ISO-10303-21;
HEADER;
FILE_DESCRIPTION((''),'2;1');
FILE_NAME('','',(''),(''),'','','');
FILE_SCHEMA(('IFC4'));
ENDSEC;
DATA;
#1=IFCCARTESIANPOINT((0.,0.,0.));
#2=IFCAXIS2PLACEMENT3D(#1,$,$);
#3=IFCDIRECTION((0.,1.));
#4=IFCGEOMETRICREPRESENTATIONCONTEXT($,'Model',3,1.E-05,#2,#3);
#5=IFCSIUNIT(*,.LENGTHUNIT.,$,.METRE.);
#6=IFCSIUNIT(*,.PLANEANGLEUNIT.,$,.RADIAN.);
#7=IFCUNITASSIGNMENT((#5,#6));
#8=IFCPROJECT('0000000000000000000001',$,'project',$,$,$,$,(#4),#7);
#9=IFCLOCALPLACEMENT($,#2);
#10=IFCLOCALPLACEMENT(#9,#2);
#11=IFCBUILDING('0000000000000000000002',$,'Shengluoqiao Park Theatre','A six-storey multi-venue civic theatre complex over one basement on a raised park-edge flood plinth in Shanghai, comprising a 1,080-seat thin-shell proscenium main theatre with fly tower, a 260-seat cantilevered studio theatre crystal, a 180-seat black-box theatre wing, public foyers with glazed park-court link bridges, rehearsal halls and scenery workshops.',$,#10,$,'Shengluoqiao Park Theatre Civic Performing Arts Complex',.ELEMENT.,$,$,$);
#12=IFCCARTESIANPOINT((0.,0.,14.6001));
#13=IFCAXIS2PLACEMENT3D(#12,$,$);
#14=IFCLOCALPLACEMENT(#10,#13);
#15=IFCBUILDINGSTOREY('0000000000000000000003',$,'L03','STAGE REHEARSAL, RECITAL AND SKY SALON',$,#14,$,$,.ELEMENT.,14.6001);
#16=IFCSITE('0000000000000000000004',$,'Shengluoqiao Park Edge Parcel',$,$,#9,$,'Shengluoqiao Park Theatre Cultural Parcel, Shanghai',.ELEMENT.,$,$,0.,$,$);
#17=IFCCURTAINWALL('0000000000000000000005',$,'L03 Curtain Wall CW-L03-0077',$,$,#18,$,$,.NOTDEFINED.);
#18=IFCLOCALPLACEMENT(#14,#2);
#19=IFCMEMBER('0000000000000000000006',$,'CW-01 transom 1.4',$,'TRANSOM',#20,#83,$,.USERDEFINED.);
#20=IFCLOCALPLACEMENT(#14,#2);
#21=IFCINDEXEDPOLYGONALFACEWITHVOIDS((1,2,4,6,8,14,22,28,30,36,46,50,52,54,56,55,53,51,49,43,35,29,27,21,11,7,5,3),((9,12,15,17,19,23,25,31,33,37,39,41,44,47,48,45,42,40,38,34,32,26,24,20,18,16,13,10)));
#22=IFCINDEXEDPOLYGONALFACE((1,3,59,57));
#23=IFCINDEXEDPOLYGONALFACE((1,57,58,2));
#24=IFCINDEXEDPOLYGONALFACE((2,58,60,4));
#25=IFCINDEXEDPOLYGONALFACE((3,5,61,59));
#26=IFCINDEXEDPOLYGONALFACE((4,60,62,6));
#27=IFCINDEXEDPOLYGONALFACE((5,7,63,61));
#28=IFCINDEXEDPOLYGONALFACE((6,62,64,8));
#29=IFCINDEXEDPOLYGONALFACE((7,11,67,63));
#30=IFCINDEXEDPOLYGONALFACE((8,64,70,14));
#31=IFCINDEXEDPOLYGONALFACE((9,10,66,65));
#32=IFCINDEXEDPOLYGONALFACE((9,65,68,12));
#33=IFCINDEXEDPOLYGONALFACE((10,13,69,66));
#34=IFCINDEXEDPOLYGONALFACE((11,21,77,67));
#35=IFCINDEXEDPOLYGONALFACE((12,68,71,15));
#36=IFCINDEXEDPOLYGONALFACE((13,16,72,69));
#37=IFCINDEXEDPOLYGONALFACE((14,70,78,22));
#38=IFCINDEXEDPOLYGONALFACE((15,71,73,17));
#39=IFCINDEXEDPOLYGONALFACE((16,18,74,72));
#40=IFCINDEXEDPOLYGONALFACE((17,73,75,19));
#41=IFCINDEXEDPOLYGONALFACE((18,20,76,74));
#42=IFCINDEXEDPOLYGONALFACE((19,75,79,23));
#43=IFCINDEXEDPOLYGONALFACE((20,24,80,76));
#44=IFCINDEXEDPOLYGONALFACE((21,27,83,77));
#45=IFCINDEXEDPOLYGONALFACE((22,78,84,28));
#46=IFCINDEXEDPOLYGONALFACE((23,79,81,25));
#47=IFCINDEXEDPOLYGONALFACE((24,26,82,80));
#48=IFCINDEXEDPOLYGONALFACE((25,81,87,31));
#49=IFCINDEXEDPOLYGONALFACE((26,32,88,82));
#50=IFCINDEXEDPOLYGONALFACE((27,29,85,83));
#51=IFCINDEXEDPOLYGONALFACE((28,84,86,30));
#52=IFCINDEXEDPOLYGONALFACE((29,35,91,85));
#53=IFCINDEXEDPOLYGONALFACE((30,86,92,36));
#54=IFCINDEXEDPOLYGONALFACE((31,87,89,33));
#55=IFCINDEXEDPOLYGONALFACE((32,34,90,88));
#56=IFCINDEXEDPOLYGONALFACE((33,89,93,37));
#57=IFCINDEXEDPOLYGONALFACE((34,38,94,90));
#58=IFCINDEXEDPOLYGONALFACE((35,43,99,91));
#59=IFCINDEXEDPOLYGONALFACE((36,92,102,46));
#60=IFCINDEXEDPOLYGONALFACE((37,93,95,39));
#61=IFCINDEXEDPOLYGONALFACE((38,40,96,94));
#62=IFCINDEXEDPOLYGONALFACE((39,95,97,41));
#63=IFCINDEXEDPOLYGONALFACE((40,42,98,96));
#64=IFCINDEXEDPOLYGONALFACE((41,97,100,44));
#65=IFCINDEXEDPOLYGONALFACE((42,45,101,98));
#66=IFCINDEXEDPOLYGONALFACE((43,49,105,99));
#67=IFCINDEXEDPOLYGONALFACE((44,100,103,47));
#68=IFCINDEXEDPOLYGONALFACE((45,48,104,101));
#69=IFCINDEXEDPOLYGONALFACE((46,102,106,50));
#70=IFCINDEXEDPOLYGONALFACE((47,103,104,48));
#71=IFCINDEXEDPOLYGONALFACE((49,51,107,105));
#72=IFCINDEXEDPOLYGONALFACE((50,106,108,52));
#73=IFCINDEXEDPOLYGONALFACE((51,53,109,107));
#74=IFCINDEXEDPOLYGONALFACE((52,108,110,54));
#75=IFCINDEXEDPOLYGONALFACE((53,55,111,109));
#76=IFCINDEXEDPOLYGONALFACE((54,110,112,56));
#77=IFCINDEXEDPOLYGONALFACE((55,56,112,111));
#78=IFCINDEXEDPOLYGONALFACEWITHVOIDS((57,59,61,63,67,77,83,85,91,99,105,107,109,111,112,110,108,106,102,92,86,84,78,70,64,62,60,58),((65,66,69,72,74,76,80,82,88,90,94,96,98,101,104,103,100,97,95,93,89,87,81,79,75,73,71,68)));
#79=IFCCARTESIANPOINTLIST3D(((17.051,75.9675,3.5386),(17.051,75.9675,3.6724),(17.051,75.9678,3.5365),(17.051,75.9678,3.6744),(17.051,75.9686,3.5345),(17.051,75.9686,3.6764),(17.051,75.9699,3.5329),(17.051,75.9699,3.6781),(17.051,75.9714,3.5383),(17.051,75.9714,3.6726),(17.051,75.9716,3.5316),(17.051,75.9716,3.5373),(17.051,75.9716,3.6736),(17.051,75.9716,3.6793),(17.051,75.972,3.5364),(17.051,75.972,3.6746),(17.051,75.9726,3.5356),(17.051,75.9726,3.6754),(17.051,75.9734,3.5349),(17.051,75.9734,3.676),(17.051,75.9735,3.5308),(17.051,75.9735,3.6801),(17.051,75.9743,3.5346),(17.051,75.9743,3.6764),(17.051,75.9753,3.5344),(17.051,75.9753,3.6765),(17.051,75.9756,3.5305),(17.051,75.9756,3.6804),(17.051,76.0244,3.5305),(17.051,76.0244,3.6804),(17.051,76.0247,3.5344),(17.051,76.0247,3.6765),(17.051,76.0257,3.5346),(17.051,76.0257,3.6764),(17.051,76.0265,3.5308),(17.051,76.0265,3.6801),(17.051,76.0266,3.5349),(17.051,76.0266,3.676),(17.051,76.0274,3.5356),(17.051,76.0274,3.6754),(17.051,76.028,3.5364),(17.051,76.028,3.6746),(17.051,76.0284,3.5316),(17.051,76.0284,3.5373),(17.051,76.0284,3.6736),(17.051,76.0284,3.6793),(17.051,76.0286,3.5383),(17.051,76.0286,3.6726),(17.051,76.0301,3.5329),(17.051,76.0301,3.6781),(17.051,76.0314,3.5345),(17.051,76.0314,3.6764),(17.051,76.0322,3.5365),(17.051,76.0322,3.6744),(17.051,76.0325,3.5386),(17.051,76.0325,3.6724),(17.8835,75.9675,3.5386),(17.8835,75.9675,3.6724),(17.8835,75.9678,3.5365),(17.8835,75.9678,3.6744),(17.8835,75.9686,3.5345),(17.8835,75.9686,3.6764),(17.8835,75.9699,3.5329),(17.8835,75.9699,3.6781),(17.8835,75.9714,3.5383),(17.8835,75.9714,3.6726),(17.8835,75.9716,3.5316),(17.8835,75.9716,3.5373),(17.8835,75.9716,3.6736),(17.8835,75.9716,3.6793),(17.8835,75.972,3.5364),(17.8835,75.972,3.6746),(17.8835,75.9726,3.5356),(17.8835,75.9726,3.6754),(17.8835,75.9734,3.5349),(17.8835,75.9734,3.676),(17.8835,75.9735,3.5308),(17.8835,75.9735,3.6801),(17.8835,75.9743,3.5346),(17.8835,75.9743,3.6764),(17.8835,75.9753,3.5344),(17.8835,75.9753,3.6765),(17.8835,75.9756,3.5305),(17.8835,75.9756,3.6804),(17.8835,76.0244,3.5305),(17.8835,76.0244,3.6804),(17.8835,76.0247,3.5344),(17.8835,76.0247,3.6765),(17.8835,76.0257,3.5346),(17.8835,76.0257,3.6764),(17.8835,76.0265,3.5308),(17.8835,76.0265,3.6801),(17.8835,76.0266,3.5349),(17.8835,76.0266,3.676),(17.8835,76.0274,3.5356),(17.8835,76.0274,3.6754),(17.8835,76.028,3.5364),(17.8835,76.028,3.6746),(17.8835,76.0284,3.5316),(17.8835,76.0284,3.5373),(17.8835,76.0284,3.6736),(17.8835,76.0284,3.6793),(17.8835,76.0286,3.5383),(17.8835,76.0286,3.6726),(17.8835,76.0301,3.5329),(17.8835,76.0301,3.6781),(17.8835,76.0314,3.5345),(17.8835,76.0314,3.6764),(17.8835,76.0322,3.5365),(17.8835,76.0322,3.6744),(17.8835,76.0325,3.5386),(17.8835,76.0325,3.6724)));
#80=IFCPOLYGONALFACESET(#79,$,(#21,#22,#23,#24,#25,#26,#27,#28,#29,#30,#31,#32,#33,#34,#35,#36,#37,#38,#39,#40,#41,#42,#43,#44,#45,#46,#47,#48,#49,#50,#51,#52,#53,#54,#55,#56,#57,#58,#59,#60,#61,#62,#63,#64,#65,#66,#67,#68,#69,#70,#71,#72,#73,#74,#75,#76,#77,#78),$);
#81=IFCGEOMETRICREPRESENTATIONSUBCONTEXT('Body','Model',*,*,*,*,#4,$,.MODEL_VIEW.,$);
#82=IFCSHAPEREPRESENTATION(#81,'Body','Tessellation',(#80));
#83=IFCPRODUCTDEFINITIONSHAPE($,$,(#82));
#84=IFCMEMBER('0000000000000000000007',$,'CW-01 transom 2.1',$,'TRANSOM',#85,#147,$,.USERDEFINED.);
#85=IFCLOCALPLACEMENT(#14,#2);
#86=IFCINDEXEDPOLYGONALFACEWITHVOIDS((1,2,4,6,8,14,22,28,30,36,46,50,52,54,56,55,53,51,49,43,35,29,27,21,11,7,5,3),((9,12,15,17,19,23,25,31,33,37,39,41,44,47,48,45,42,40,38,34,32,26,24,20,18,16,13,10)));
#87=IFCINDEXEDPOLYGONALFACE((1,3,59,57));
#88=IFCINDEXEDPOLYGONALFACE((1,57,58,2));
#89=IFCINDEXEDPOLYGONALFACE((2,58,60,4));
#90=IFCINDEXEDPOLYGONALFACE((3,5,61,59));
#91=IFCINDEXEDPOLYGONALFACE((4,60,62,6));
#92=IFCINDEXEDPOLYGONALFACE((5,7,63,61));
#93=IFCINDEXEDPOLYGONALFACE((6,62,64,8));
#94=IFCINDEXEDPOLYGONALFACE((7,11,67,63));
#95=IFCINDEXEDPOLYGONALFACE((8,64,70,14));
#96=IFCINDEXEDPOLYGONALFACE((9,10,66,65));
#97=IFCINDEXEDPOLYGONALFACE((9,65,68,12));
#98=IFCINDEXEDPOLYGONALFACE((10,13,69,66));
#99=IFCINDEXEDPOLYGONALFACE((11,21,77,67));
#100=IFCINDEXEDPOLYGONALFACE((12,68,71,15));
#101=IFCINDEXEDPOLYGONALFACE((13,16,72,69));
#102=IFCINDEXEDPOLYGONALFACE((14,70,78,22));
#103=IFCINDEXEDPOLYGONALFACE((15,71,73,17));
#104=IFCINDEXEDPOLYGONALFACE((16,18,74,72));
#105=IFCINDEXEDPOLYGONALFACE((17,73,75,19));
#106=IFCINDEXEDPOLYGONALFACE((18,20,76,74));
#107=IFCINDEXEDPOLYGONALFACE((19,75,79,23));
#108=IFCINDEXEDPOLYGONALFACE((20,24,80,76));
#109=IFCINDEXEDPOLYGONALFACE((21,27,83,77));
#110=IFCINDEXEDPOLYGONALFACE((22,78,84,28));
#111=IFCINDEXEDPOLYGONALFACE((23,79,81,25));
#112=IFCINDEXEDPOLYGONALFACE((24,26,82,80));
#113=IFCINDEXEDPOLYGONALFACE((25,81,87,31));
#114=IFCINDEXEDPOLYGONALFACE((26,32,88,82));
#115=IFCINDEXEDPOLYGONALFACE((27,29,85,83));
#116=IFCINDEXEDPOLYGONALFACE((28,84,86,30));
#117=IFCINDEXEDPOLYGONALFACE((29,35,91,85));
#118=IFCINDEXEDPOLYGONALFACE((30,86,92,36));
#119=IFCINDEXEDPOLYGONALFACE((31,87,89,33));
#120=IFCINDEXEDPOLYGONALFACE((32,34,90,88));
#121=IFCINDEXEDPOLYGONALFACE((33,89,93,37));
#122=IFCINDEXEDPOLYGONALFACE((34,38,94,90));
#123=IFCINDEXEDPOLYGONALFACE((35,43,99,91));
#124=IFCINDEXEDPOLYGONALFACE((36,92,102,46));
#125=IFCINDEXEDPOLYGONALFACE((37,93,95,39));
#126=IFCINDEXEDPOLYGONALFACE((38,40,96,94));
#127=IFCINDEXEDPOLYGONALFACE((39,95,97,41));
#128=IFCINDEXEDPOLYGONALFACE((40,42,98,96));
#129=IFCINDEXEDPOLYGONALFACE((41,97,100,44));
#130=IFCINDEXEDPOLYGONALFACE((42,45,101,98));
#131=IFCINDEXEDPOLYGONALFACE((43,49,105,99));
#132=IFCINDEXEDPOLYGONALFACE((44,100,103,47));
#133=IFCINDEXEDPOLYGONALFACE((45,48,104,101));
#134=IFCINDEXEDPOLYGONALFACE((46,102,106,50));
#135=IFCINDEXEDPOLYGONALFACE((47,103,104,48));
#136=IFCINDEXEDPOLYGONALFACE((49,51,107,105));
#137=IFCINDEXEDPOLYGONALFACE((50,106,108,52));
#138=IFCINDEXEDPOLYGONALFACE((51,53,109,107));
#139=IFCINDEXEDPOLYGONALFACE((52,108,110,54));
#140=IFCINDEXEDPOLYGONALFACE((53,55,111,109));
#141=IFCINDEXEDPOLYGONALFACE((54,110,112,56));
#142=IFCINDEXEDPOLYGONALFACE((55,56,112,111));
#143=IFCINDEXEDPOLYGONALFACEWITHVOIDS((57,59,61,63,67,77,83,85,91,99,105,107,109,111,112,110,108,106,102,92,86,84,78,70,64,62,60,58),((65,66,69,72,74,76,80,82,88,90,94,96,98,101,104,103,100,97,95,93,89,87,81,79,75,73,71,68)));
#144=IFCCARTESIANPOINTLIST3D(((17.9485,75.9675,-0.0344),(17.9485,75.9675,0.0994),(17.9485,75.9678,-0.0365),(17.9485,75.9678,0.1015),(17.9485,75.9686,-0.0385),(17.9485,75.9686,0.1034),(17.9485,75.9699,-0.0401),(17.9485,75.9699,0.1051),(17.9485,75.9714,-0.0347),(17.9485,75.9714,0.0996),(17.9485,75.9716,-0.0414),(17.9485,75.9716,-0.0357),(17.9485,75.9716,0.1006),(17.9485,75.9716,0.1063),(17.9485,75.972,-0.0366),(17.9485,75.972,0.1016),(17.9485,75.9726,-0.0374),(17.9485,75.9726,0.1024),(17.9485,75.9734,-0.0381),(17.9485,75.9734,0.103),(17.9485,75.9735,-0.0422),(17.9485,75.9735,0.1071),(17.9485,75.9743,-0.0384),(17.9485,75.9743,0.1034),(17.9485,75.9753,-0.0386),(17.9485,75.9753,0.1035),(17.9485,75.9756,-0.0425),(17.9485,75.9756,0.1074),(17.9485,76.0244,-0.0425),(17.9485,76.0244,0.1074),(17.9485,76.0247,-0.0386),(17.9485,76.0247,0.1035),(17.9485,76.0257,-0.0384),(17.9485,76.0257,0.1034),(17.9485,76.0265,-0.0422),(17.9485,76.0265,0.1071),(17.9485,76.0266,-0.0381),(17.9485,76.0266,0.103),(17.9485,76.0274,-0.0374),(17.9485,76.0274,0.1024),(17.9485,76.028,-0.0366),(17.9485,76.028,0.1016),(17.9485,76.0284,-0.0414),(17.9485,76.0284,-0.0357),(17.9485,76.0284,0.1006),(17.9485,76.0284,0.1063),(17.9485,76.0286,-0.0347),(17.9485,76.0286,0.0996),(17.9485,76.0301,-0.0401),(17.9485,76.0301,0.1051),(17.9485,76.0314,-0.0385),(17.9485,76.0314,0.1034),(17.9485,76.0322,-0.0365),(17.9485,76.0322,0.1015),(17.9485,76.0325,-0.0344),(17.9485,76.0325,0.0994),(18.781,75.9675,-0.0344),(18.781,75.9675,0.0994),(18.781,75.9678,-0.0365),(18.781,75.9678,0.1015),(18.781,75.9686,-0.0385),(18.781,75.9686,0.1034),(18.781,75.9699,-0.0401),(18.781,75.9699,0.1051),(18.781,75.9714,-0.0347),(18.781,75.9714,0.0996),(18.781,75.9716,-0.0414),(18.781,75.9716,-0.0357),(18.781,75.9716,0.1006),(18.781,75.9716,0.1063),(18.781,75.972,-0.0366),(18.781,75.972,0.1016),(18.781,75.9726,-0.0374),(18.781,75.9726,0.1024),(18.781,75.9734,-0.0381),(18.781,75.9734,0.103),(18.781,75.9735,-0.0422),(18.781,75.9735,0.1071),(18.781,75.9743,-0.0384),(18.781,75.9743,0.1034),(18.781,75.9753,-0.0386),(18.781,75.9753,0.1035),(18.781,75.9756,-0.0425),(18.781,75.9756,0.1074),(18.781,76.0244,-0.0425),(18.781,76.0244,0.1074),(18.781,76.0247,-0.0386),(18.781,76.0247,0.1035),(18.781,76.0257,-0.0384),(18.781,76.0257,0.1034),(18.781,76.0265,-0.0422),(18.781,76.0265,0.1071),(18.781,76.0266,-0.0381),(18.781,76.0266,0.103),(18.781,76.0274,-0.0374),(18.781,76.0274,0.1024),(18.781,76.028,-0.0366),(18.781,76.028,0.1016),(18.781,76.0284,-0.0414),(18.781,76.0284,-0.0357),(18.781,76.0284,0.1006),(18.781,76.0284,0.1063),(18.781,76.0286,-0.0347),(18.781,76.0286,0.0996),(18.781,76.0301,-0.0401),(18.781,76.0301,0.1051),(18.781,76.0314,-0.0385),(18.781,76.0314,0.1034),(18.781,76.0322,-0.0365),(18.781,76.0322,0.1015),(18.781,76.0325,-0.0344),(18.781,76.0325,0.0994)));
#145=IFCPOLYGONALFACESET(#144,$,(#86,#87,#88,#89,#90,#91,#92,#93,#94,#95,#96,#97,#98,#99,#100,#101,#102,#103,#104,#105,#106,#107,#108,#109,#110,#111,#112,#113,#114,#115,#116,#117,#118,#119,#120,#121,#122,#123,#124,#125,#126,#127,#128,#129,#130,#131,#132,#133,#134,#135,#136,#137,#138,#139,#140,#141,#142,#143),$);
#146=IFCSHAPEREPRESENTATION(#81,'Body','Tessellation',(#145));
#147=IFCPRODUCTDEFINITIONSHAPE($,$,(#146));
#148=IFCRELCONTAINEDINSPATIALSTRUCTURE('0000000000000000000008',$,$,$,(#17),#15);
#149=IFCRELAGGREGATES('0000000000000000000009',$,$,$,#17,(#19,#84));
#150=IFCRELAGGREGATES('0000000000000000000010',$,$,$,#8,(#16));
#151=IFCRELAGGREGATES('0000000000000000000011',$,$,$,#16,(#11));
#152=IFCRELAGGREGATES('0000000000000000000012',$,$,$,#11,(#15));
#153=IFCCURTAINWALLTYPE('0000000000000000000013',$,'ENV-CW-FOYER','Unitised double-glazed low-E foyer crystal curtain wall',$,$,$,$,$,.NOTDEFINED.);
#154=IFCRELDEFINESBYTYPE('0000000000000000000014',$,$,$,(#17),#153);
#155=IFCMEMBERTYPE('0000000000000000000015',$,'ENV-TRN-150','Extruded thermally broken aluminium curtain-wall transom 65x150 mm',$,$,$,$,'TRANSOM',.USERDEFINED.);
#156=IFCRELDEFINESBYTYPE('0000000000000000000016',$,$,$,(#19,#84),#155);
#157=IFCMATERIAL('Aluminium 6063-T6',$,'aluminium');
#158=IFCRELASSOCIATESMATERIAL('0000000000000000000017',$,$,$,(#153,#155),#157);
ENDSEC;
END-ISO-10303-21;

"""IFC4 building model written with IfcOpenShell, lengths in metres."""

from ifc_helpers import new_model, si_unit, direction, frame, origin, origin_2d, place, context, subcontext, project, spatial, hollow_rectangle, extrude, material, material_profile, profile_set, type_object, element, aggregate, save


model = new_model("IFC4")

# Units and contexts
model_context = context("Model", 3, precision=1e-05, world=origin(), true_north=direction((0.0, 1.0)))
body_context = subcontext(model_context, "Body", "Model", "MODEL_VIEW")
ifc_project = project(units=[si_unit("LENGTHUNIT", "METRE"), si_unit("PLANEANGLEUNIT", "RADIAN")], contexts=[model_context])

# Site, building, storey
site_placement = place(None, origin())
site = spatial("IfcSite", under=ifc_project, at=site_placement, Name="Shengluoqiao Park Edge Parcel", LongName="Shengluoqiao Park Theatre Cultural Parcel, Shanghai", CompositionType="ELEMENT", RefElevation=0.0)
building_placement = place(site_placement, origin())
building = spatial("IfcBuilding", under=site, at=building_placement, Name="Shengluoqiao Park Theatre", Description="A six-storey multi-venue civic theatre complex over one basement on a raised park-edge flood plinth in Shanghai, comprising a 1,080-seat thin-shell proscenium main theatre with fly tower, a 260-seat cantilevered studio theatre crystal, a 180-seat black-box theatre wing, public foyers with glazed park-court link bridges, rehearsal halls and scenery workshops.", LongName="Shengluoqiao Park Theatre Civic Performing Arts Complex", CompositionType="ELEMENT")
storey_placement = place(building_placement, frame((0.0, 0.0, 14.6001)))
storey = spatial("IfcBuildingStorey", under=building, at=storey_placement, Name="L03", Description="STAGE REHEARSAL, RECITAL AND SKY SALON", CompositionType="ELEMENT", Elevation=14.6001)

# Curtain wall
ifc_material_1 = material(Name="Aluminium 6063-T6", Category="aluminium")
curtain_wall_type = type_object("IfcCurtainWallType", Name="ENV-CW-FOYER", Description="Unitised double-glazed low-E foyer crystal curtain wall", PredefinedType="NOTDEFINED", material=ifc_material_1)
curtain_wall_1_placement = place(storey_placement, origin())
curtain_wall_1 = element("IfcCurtainWall", 1, at=curtain_wall_1_placement, inside=storey, type_object=curtain_wall_type, Name="L03 Curtain Wall CW-L03-0077", PredefinedType="NOTDEFINED")

# Members
ifc_material_profile_1 = material_profile(ifc_material_1, hollow_rectangle(XDim=0.0649, YDim=0.1499, WallThickness=0.0039, InnerFilletRadius=0.0039, OuterFilletRadius=0.0081, at=origin_2d()), Name="ALU TRANSOM 150x65x4")
ifc_profile_set_1 = profile_set([ifc_material_profile_1], Name="Aluminium 6063-T6")
member_type_1 = type_object("IfcMemberType", Name="ENV-TRN-150", Description="Extruded thermally broken aluminium curtain-wall transom 65x150 mm", ElementType="TRANSOM", PredefinedType="USERDEFINED", material=ifc_profile_set_1)
member_1_placement = place(storey_placement, frame((17.051, 76.0, 3.6055), z_axis=(1.0, 0.0, 0.0), x_axis=(0.0, 1.0, 0.0)))
member_1 = element("IfcMember", 2, at=member_1_placement, type_object=member_type_1, Name="CW-01 transom 1.4", ObjectType="TRANSOM", PredefinedType="USERDEFINED", context=body_context, shape_type="SweptSolid", body=[
    extrude(hollow_rectangle(XDim=0.0649, YDim=0.1499, WallThickness=0.0039, InnerFilletRadius=0.0039, OuterFilletRadius=0.0081, at=origin_2d()), origin(), (0.0, 0.0, 1.0), 0.8325),
])
member_2_placement = place(storey_placement, frame((17.9485, 76.0, 0.0325), z_axis=(1.0, 0.0, 0.0), x_axis=(0.0, 1.0, 0.0)))
member_2 = element("IfcMember", 3, at=member_2_placement, type_object=member_type_1, Name="CW-01 transom 2.1", ObjectType="TRANSOM", PredefinedType="USERDEFINED", context=body_context, shape_type="SweptSolid", body=[
    extrude(hollow_rectangle(XDim=0.0649, YDim=0.1499, WallThickness=0.0039, InnerFilletRadius=0.0039, OuterFilletRadius=0.0081, at=origin_2d()), origin(), (0.0, 0.0, 1.0), 0.8325),
])

aggregate(curtain_wall_1, [member_1, member_2])

save(model, "model.ifc")
